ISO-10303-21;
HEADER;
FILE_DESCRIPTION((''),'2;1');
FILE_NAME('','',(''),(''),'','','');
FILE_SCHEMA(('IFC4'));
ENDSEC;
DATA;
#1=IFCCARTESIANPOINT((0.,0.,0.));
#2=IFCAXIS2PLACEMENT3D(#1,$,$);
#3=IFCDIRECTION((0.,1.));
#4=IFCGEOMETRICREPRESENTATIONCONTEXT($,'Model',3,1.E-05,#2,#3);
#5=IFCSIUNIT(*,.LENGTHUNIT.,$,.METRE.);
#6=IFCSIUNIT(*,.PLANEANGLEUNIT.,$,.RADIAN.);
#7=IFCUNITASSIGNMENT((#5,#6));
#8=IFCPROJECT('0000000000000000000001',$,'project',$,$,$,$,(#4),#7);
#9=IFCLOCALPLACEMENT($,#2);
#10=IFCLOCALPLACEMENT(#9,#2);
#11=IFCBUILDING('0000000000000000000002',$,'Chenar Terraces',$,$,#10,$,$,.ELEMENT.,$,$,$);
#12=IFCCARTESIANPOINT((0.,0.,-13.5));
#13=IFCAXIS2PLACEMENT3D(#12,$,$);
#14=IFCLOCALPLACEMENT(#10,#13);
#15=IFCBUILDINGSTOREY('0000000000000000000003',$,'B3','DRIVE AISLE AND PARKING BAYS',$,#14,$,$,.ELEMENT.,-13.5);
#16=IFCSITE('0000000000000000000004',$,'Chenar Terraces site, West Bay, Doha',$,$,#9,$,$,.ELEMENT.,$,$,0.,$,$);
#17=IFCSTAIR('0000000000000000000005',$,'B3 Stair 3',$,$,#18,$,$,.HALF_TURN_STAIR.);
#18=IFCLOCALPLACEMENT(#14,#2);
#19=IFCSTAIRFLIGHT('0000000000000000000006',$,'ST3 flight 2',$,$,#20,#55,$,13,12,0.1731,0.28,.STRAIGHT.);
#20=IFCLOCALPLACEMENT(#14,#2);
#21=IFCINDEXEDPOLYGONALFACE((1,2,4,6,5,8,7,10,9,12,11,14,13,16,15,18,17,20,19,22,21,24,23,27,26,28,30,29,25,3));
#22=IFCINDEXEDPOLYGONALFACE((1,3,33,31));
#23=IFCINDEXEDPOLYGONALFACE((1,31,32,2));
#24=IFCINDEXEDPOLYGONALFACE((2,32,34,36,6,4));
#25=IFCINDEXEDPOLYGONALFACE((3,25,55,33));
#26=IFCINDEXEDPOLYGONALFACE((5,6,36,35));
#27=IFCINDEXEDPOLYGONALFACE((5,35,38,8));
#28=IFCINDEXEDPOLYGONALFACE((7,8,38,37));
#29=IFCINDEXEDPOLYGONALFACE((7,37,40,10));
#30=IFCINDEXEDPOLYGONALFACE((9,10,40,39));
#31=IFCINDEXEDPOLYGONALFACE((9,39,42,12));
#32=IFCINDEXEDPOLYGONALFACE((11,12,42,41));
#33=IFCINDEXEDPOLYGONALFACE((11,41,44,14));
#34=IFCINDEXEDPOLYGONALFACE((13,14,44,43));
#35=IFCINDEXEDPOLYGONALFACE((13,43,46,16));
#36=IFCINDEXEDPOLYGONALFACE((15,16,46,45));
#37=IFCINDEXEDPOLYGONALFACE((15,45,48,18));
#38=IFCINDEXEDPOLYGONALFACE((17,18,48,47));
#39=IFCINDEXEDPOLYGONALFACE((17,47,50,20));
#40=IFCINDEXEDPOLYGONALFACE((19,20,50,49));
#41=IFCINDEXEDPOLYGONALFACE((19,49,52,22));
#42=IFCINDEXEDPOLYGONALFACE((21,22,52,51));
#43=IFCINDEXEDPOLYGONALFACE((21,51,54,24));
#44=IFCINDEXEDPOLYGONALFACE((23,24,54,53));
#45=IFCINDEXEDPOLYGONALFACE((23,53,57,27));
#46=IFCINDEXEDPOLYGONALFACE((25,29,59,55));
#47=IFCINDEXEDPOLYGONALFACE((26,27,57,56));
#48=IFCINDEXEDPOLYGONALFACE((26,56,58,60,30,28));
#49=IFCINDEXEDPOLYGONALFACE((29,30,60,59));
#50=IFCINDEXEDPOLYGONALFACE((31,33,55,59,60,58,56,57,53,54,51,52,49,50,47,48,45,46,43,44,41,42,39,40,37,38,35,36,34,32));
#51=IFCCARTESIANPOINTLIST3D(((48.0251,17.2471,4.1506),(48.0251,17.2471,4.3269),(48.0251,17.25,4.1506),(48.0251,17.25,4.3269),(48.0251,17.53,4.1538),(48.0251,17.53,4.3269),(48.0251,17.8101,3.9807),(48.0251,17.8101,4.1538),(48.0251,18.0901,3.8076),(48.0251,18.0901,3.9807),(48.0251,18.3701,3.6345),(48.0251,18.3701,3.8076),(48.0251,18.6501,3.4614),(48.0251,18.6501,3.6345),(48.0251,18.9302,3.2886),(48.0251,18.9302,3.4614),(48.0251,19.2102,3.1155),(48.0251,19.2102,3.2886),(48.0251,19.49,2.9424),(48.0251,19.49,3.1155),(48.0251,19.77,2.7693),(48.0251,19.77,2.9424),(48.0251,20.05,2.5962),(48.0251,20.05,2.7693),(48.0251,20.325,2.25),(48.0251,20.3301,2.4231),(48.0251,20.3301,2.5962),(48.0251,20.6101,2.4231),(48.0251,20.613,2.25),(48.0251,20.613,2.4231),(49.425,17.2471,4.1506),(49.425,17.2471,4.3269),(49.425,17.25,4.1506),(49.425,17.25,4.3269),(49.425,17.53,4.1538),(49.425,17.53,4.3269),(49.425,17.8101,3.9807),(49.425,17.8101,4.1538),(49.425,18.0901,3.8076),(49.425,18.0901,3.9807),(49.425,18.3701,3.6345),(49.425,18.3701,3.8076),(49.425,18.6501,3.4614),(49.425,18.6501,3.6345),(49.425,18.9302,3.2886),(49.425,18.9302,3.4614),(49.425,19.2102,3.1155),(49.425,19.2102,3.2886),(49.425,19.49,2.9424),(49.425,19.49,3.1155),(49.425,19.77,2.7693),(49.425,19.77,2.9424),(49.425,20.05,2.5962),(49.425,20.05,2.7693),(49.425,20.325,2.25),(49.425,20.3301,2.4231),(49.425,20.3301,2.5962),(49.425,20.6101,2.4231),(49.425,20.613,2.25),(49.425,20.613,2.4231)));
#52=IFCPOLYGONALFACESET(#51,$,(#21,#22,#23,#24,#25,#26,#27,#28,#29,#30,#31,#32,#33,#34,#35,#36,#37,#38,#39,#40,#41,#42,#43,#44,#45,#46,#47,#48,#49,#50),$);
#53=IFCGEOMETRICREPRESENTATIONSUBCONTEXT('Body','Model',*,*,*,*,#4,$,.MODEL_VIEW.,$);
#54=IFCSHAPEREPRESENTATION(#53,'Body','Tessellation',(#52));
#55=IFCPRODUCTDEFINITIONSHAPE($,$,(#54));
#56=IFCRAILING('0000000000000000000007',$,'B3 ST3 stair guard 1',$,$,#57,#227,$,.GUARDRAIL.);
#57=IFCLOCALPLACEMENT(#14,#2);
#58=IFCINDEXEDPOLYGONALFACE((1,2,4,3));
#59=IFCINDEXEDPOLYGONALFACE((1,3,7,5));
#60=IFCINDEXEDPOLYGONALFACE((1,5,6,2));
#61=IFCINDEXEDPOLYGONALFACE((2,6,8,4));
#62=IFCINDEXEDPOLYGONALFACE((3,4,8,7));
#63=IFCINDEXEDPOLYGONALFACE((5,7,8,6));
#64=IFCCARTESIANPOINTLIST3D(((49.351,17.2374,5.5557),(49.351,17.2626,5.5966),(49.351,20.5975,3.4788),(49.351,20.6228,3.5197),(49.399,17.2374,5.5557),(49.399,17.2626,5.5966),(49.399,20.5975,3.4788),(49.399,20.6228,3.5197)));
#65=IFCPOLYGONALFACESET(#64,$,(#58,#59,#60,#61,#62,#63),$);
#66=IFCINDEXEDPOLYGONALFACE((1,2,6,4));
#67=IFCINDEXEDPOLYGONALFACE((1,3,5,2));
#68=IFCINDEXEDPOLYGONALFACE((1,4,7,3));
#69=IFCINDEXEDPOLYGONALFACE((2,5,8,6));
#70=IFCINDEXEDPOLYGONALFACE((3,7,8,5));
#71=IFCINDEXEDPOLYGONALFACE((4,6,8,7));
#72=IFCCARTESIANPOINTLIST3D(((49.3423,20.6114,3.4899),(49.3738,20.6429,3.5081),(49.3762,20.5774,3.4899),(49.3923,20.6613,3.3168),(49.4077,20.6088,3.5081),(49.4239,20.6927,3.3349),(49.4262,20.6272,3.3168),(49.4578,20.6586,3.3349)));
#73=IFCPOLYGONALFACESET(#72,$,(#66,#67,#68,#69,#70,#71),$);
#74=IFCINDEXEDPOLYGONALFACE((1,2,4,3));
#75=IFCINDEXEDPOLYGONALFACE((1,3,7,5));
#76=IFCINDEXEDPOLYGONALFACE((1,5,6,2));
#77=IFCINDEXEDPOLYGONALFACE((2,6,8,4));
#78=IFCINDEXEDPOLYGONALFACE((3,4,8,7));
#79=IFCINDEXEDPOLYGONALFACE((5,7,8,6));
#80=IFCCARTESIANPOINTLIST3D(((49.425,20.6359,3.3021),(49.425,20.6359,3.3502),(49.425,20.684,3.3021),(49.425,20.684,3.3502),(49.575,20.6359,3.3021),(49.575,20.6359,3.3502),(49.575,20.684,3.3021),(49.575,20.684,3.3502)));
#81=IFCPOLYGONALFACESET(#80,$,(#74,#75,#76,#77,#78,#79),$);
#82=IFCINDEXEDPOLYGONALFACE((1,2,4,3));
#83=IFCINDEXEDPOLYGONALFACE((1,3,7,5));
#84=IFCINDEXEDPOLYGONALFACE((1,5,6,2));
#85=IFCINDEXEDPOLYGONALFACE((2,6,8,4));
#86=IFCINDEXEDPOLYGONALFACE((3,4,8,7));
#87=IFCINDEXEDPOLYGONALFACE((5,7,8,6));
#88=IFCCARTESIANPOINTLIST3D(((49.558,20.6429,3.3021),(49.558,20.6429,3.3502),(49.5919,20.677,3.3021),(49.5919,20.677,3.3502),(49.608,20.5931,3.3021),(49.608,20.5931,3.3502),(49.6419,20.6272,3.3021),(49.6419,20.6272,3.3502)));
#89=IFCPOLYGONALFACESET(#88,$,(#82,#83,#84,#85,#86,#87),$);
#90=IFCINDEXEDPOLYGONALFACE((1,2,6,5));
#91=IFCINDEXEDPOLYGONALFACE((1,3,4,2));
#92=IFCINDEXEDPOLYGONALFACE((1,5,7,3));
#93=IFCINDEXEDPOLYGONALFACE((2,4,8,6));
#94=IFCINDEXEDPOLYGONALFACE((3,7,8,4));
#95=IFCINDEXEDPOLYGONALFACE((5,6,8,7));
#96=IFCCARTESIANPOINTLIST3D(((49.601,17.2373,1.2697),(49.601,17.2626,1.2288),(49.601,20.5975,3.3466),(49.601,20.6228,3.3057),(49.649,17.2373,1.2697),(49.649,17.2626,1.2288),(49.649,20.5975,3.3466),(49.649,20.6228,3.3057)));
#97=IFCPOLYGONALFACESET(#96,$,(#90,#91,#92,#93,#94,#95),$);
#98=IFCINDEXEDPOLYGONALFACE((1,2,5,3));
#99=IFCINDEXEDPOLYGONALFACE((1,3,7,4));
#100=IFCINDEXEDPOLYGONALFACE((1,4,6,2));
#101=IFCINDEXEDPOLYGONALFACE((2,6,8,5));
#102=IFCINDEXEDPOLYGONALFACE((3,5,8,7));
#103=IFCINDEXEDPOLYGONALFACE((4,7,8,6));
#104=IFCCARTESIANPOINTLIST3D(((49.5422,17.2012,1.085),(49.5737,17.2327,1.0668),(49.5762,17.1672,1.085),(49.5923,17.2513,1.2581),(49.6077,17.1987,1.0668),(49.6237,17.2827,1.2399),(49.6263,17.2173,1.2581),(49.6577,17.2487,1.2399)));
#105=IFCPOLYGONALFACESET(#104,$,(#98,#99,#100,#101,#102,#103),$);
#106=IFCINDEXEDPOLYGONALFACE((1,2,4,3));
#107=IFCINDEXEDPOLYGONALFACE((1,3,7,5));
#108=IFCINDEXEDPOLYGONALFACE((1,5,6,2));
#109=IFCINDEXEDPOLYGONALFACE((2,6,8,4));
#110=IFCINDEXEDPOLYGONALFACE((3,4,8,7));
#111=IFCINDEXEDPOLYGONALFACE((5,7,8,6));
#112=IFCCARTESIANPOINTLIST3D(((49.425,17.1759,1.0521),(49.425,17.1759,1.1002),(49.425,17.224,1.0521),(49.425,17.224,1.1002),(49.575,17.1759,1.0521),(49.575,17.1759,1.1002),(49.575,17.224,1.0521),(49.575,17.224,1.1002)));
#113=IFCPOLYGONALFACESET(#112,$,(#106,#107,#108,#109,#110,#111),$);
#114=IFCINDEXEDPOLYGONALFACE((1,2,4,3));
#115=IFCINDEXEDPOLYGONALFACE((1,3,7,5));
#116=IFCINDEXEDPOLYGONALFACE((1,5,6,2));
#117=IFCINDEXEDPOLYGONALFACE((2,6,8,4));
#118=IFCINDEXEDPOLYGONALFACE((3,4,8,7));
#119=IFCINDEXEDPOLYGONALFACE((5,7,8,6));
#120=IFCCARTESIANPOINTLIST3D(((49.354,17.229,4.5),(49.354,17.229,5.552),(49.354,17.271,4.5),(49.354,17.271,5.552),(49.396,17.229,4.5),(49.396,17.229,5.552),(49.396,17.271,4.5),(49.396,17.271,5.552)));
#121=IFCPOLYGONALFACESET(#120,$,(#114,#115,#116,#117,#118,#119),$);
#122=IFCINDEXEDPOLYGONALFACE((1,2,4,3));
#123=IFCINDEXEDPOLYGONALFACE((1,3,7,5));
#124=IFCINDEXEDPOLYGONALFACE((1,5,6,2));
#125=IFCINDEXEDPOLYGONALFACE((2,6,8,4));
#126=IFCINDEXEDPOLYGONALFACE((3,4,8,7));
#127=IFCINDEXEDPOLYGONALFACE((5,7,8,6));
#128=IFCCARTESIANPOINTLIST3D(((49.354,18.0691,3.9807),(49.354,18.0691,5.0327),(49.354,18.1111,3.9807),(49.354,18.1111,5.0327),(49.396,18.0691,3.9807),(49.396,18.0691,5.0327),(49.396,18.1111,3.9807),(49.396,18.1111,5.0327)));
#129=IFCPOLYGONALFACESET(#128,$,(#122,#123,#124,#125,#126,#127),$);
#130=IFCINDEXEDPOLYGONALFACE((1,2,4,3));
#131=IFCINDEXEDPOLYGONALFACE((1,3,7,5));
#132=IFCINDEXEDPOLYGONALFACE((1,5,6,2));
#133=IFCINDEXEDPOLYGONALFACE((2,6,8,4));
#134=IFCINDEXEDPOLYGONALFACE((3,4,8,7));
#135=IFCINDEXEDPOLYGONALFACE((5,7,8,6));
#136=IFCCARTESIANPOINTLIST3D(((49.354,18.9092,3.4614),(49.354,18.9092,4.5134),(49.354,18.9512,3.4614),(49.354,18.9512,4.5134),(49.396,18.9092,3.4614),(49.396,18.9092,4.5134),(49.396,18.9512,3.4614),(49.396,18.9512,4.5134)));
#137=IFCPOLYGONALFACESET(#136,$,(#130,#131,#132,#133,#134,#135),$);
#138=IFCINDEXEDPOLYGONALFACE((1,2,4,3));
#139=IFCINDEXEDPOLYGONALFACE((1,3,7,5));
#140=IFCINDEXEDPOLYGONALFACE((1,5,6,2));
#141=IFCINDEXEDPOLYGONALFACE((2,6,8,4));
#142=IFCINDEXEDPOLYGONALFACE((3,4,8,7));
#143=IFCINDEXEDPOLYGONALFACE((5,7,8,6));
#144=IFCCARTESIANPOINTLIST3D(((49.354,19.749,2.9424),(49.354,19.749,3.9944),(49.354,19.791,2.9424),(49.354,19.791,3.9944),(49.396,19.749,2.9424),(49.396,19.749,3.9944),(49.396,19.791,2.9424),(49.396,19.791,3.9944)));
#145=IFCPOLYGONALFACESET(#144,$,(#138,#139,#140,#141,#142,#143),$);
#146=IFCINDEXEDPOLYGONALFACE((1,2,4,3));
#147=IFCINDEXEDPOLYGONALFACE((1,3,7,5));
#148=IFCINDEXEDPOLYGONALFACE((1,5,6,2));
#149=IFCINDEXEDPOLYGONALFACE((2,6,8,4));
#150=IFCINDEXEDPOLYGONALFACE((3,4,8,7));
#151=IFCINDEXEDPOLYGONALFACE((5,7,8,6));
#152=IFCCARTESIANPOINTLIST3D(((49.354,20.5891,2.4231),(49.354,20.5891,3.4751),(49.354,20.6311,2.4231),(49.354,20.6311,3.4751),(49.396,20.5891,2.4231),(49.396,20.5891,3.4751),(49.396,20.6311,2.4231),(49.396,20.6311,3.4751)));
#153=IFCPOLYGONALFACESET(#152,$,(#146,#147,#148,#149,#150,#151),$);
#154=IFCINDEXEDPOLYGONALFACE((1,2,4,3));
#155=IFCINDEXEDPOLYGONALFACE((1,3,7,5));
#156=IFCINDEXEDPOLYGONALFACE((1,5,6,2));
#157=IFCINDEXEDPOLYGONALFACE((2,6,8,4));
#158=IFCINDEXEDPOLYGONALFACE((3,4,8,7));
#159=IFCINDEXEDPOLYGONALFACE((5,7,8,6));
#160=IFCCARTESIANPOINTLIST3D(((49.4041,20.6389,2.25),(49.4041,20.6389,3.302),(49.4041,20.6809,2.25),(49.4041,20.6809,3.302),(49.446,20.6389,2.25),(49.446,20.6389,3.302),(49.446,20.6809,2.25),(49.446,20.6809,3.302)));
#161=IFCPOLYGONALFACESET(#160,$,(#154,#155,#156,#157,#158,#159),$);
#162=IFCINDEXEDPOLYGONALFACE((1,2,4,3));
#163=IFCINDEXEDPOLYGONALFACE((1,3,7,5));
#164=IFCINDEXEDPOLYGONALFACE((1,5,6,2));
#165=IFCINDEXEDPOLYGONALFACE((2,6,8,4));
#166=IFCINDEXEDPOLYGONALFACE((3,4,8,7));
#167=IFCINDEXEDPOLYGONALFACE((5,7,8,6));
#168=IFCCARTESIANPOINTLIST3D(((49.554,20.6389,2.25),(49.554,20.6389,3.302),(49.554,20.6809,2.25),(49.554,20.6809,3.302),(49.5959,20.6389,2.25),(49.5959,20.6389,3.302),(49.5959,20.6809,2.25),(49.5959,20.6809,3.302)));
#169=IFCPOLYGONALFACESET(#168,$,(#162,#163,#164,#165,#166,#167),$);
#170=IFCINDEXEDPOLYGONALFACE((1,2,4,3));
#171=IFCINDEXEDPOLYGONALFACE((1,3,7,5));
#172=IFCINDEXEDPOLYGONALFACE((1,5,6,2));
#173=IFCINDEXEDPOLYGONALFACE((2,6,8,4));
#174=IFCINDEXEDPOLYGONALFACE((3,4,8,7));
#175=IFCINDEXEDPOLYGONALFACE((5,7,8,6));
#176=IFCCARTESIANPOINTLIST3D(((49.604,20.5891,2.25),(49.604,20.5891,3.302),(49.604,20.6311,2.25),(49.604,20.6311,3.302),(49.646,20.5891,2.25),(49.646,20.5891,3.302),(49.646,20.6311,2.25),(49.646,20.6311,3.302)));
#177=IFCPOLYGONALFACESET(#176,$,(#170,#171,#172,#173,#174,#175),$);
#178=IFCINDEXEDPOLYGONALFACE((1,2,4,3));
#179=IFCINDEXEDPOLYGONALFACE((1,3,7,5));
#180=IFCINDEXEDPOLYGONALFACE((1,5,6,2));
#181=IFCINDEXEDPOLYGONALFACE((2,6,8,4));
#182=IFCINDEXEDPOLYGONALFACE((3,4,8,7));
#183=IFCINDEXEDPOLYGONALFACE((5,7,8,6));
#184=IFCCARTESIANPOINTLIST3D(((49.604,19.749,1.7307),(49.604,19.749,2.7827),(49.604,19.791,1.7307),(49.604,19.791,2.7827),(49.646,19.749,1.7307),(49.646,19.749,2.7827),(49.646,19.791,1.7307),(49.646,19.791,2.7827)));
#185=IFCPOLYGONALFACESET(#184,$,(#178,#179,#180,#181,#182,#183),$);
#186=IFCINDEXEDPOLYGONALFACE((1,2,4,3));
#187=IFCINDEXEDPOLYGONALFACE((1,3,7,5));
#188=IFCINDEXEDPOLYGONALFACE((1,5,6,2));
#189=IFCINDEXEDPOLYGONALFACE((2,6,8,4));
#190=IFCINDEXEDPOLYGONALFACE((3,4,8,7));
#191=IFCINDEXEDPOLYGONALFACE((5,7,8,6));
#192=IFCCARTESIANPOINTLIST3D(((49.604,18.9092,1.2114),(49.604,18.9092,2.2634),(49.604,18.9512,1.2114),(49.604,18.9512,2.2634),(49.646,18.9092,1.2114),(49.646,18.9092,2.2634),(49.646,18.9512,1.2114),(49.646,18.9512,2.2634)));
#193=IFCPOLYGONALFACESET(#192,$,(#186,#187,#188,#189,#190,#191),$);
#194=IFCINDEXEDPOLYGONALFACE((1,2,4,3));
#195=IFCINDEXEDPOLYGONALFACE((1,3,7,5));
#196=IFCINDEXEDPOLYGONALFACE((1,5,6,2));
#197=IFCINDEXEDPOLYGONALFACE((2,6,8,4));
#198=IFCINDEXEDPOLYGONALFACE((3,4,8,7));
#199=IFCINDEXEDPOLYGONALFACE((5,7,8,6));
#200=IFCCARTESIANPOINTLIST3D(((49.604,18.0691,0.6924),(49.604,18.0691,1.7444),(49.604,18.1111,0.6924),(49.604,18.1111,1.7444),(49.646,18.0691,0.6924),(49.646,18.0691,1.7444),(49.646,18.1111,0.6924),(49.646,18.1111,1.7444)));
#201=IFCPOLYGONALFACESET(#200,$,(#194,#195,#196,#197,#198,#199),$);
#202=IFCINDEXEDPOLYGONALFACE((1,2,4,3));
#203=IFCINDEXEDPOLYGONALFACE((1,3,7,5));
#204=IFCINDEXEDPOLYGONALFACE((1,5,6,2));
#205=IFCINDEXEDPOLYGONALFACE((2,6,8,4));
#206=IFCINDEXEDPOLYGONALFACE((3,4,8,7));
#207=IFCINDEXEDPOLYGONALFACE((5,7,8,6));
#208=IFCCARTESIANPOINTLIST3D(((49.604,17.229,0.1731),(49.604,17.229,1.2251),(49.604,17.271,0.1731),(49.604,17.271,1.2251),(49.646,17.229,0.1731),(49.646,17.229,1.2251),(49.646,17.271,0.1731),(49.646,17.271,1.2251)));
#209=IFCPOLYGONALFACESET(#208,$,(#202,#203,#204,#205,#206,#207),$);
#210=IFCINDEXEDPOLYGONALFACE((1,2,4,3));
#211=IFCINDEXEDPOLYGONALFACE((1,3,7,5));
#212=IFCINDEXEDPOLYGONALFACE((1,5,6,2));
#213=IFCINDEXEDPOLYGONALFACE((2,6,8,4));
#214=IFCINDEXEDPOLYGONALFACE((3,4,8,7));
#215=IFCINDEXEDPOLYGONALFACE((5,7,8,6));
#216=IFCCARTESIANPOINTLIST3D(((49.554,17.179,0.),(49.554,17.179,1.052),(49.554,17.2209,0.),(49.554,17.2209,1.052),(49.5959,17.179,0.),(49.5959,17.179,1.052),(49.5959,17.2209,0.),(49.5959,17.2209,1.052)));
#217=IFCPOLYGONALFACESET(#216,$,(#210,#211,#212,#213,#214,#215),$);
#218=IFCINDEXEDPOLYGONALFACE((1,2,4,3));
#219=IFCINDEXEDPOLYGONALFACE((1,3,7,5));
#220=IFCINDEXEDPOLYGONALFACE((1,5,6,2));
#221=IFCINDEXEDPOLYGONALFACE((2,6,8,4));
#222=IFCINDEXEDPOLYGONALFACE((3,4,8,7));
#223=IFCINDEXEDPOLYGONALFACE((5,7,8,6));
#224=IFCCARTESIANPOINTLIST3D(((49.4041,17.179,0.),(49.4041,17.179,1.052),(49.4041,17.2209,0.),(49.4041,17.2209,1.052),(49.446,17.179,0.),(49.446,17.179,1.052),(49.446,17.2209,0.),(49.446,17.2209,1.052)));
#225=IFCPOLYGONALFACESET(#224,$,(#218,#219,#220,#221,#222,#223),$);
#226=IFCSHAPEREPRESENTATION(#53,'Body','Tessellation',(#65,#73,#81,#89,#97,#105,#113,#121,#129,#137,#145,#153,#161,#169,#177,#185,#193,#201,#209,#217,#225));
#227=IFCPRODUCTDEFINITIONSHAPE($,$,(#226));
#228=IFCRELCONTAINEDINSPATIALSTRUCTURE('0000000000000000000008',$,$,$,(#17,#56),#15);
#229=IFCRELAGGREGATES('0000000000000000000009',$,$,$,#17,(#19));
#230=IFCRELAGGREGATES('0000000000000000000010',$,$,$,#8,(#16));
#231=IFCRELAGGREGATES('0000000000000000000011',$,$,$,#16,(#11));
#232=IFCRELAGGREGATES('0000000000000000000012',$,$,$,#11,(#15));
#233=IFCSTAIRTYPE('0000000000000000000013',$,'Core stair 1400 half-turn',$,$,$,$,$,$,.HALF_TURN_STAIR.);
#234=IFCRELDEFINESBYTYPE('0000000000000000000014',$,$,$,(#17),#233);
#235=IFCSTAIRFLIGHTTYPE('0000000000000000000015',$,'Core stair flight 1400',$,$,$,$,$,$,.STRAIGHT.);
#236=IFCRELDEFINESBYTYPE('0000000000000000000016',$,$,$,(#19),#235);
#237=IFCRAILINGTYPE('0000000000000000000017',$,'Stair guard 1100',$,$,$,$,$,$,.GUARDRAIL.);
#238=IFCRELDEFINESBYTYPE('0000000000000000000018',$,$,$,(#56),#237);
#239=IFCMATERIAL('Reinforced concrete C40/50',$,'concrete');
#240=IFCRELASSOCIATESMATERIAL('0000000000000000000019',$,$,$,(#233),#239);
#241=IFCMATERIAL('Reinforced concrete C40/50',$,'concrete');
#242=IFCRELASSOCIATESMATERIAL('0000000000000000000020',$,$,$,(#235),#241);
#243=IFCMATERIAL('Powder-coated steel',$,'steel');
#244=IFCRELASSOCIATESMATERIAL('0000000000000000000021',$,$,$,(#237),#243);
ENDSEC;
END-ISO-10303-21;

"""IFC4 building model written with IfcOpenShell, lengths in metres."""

from ifc_helpers import new_model, si_unit, direction, frame, origin, origin_2d, place, context, subcontext, project, spatial, polyline, rectangle, outline, extrude, material, type_object, element, aggregate, save


model = new_model("IFC4")

# Units and contexts
model_context = context("Model", 3, precision=1e-05, world=origin(), true_north=direction((0.0, 1.0)))
body_context = subcontext(model_context, "Body", "Model", "MODEL_VIEW")
ifc_project = project(units=[si_unit("LENGTHUNIT", "METRE"), si_unit("PLANEANGLEUNIT", "RADIAN")], contexts=[model_context])

# Site, building, storey
site_placement = place(None, origin())
site = spatial("IfcSite", under=ifc_project, at=site_placement, Name="Chenar Terraces site, West Bay, Doha", CompositionType="ELEMENT", RefElevation=0.0)
building_placement = place(site_placement, origin())
building = spatial("IfcBuilding", under=site, at=building_placement, Name="Chenar Terraces", CompositionType="ELEMENT")
storey_placement = place(building_placement, frame((0.0, 0.0, -13.5)))
storey = spatial("IfcBuildingStorey", under=building, at=storey_placement, Name="B3", Description="DRIVE AISLE AND PARKING BAYS", CompositionType="ELEMENT", Elevation=-13.5)

# Stair, stair flight
ifc_material_1 = material(Name="Reinforced concrete C40/50", Category="concrete")
stair_type = type_object("IfcStairType", Name="Core stair 1400 half-turn", PredefinedType="HALF_TURN_STAIR", material=ifc_material_1)
placement = place(storey_placement, origin())
ifc_material_2 = material(Name="Reinforced concrete C40/50", Category="concrete")
stair_flight_type = type_object("IfcStairFlightType", Name="Core stair flight 1400", PredefinedType="STRAIGHT", material=ifc_material_2)
stair_1 = element("IfcStair", 1, at=placement, inside=storey, type_object=stair_type, Name="B3 Stair 3", PredefinedType="HALF_TURN_STAIR")
stair_flight_1_placement = place(storey_placement, frame((48.7251, 20.6101, 2.25), z_axis=(0.0, 0.0, 1.0), x_axis=(0.0, -1.0, 0.0)))
stair_flight_1 = element("IfcStairFlight", 2, at=stair_flight_1_placement, type_object=stair_flight_type, Name="ST3 flight 2", NumberOfRisers=13, NumberOfTreads=12, PredefinedType="STRAIGHT", RiserHeight=0.1731, TreadLength=0.28, context=body_context, shape_type="SweptSolid", body=[
    extrude(outline(polyline([(-0.0029, 0.0), (-0.0029, 0.1731), (0.0, 0.1731), (0.28, 0.1731), (0.28, 0.3462), (0.5601, 0.3462), (0.5601, 0.5193), (0.8401, 0.5193), (0.8401, 0.6924), (1.1201, 0.6924), (1.1201, 0.8655), (1.3999, 0.8655), (1.3999, 1.0386), (1.6799, 1.0386), (1.6799, 1.2114), (1.96, 1.2114), (1.96, 1.3845), (2.24, 1.3845), (2.24, 1.5576), (2.52, 1.5576), (2.52, 1.7307), (2.8, 1.7307), (2.8, 1.9038), (3.0801, 1.9038), (3.0801, 2.0769), (3.3601, 2.0769), (3.363, 2.0769), (3.363, 1.9006), (3.3601, 1.9006), (0.2852, 0.0), (-0.0029, 0.0)])), frame((0.0, 0.7, 0.0), z_axis=(0.0, -1.0, 0.0), x_axis=(1.0, 0.0, 0.0)), (0.0, 0.0, 1.0), 1.3999),
])
aggregate(stair_1, [stair_flight_1])

# Railing
ifc_material_3 = material(Name="Powder-coated steel", Category="steel")
railing_type_1 = type_object("IfcRailingType", Name="Stair guard 1100", PredefinedType="GUARDRAIL", material=ifc_material_3)
railing_1_placement = place(storey_placement, frame((49.375, 17.25, 4.5)))
element("IfcRailing", 3, at=railing_1_placement, inside=storey, type_object=railing_type_1, Name="B3 ST3 stair guard 1", PredefinedType="GUARDRAIL", context=body_context, shape_type="SweptSolid", body=[
    extrude(rectangle(XDim=0.0481, YDim=0.0481, at=origin_2d()), frame((0.0, 0.0, 1.0762), z_axis=(0.0, 0.850623, -0.525776), x_axis=(-1.0, 0.0, 0.0)), (0.0, 0.0, 1.0), 3.9502),
    extrude(rectangle(XDim=0.0481, YDim=0.0481, at=origin_2d()), frame((0.0, 3.3601, -1.001), z_axis=(0.267723, 0.266417, -0.92593), x_axis=(-0.705376, 0.708834, 0.0)), (0.0, 0.0, 1.0), 0.187),
    extrude(rectangle(XDim=0.0481, YDim=0.0481, at=origin_2d()), frame((0.05, 3.4099, -1.1738), z_axis=(1.0, 0.0, 0.0), x_axis=(0.0, 1.0, 0.0)), (0.0, 0.0, 1.0), 0.1499),
    extrude(rectangle(XDim=0.0481, YDim=0.0481, at=origin_2d()), frame((0.2, 3.4099, -1.1738), z_axis=(0.708834, -0.705376, 0.0), x_axis=(0.705376, 0.708834, 0.0)), (0.0, 0.0, 1.0), 0.0706),
    extrude(rectangle(XDim=0.0481, YDim=0.0481, at=origin_2d()), frame((0.25, 3.3601, -1.1738), z_axis=(0.0, -0.850623, -0.525776), x_axis=(1.0, 0.0, 0.0)), (0.0, 0.0, 1.0), 3.9502),
    extrude(rectangle(XDim=0.0481, YDim=0.0481, at=origin_2d()), frame((0.25, 0.0, -3.251), z_axis=(-0.26763, -0.26763, -0.925607), x_axis=(0.707107, -0.707107, 0.0)), (0.0, 0.0, 1.0), 0.187),
    extrude(rectangle(XDim=0.0481, YDim=0.0481, at=origin_2d()), frame((0.2, -0.05, -3.4238), z_axis=(-1.0, 0.0, 0.0), x_axis=(0.0, -1.0, 0.0)), (0.0, 0.0, 1.0), 0.1499),
    extrude(rectangle(XDim=0.042, YDim=0.042, at=origin_2d()), origin(), (0.0, 0.0, 1.0), 1.052),
    extrude(rectangle(XDim=0.042, YDim=0.042, at=origin_2d()), frame((0.0, 0.8401, -0.5193)), (0.0, 0.0, 1.0), 1.052),
    extrude(rectangle(XDim=0.042, YDim=0.042, at=origin_2d()), frame((0.0, 1.6802, -1.0386)), (0.0, 0.0, 1.0), 1.052),
    extrude(rectangle(XDim=0.042, YDim=0.042, at=origin_2d()), frame((0.0, 2.52, -1.5576)), (0.0, 0.0, 1.0), 1.052),
    extrude(rectangle(XDim=0.042, YDim=0.042, at=origin_2d()), frame((0.0, 3.3601, -2.0769)), (0.0, 0.0, 1.0), 1.052),
    extrude(rectangle(XDim=0.042, YDim=0.042, at=origin_2d()), frame((0.05, 3.4099, -2.25)), (0.0, 0.0, 1.0), 1.052),
    extrude(rectangle(XDim=0.042, YDim=0.042, at=origin_2d()), frame((0.2, 3.4099, -2.25)), (0.0, 0.0, 1.0), 1.052),
    extrude(rectangle(XDim=0.042, YDim=0.042, at=origin_2d()), frame((0.25, 3.3601, -2.25)), (0.0, 0.0, 1.0), 1.052),
    extrude(rectangle(XDim=0.042, YDim=0.042, at=origin_2d()), frame((0.25, 2.52, -2.7693)), (0.0, 0.0, 1.0), 1.052),
    extrude(rectangle(XDim=0.042, YDim=0.042, at=origin_2d()), frame((0.25, 1.6802, -3.2886)), (0.0, 0.0, 1.0), 1.052),
    extrude(rectangle(XDim=0.042, YDim=0.042, at=origin_2d()), frame((0.25, 0.8401, -3.8076)), (0.0, 0.0, 1.0), 1.052),
    extrude(rectangle(XDim=0.042, YDim=0.042, at=origin_2d()), frame((0.25, 0.0, -4.3269)), (0.0, 0.0, 1.0), 1.052),
    extrude(rectangle(XDim=0.042, YDim=0.042, at=origin_2d()), frame((0.2, -0.05, -4.5)), (0.0, 0.0, 1.0), 1.052),
    extrude(rectangle(XDim=0.042, YDim=0.042, at=origin_2d()), frame((0.05, -0.05, -4.5)), (0.0, 0.0, 1.0), 1.052),
])

save(model, "model.ifc")
